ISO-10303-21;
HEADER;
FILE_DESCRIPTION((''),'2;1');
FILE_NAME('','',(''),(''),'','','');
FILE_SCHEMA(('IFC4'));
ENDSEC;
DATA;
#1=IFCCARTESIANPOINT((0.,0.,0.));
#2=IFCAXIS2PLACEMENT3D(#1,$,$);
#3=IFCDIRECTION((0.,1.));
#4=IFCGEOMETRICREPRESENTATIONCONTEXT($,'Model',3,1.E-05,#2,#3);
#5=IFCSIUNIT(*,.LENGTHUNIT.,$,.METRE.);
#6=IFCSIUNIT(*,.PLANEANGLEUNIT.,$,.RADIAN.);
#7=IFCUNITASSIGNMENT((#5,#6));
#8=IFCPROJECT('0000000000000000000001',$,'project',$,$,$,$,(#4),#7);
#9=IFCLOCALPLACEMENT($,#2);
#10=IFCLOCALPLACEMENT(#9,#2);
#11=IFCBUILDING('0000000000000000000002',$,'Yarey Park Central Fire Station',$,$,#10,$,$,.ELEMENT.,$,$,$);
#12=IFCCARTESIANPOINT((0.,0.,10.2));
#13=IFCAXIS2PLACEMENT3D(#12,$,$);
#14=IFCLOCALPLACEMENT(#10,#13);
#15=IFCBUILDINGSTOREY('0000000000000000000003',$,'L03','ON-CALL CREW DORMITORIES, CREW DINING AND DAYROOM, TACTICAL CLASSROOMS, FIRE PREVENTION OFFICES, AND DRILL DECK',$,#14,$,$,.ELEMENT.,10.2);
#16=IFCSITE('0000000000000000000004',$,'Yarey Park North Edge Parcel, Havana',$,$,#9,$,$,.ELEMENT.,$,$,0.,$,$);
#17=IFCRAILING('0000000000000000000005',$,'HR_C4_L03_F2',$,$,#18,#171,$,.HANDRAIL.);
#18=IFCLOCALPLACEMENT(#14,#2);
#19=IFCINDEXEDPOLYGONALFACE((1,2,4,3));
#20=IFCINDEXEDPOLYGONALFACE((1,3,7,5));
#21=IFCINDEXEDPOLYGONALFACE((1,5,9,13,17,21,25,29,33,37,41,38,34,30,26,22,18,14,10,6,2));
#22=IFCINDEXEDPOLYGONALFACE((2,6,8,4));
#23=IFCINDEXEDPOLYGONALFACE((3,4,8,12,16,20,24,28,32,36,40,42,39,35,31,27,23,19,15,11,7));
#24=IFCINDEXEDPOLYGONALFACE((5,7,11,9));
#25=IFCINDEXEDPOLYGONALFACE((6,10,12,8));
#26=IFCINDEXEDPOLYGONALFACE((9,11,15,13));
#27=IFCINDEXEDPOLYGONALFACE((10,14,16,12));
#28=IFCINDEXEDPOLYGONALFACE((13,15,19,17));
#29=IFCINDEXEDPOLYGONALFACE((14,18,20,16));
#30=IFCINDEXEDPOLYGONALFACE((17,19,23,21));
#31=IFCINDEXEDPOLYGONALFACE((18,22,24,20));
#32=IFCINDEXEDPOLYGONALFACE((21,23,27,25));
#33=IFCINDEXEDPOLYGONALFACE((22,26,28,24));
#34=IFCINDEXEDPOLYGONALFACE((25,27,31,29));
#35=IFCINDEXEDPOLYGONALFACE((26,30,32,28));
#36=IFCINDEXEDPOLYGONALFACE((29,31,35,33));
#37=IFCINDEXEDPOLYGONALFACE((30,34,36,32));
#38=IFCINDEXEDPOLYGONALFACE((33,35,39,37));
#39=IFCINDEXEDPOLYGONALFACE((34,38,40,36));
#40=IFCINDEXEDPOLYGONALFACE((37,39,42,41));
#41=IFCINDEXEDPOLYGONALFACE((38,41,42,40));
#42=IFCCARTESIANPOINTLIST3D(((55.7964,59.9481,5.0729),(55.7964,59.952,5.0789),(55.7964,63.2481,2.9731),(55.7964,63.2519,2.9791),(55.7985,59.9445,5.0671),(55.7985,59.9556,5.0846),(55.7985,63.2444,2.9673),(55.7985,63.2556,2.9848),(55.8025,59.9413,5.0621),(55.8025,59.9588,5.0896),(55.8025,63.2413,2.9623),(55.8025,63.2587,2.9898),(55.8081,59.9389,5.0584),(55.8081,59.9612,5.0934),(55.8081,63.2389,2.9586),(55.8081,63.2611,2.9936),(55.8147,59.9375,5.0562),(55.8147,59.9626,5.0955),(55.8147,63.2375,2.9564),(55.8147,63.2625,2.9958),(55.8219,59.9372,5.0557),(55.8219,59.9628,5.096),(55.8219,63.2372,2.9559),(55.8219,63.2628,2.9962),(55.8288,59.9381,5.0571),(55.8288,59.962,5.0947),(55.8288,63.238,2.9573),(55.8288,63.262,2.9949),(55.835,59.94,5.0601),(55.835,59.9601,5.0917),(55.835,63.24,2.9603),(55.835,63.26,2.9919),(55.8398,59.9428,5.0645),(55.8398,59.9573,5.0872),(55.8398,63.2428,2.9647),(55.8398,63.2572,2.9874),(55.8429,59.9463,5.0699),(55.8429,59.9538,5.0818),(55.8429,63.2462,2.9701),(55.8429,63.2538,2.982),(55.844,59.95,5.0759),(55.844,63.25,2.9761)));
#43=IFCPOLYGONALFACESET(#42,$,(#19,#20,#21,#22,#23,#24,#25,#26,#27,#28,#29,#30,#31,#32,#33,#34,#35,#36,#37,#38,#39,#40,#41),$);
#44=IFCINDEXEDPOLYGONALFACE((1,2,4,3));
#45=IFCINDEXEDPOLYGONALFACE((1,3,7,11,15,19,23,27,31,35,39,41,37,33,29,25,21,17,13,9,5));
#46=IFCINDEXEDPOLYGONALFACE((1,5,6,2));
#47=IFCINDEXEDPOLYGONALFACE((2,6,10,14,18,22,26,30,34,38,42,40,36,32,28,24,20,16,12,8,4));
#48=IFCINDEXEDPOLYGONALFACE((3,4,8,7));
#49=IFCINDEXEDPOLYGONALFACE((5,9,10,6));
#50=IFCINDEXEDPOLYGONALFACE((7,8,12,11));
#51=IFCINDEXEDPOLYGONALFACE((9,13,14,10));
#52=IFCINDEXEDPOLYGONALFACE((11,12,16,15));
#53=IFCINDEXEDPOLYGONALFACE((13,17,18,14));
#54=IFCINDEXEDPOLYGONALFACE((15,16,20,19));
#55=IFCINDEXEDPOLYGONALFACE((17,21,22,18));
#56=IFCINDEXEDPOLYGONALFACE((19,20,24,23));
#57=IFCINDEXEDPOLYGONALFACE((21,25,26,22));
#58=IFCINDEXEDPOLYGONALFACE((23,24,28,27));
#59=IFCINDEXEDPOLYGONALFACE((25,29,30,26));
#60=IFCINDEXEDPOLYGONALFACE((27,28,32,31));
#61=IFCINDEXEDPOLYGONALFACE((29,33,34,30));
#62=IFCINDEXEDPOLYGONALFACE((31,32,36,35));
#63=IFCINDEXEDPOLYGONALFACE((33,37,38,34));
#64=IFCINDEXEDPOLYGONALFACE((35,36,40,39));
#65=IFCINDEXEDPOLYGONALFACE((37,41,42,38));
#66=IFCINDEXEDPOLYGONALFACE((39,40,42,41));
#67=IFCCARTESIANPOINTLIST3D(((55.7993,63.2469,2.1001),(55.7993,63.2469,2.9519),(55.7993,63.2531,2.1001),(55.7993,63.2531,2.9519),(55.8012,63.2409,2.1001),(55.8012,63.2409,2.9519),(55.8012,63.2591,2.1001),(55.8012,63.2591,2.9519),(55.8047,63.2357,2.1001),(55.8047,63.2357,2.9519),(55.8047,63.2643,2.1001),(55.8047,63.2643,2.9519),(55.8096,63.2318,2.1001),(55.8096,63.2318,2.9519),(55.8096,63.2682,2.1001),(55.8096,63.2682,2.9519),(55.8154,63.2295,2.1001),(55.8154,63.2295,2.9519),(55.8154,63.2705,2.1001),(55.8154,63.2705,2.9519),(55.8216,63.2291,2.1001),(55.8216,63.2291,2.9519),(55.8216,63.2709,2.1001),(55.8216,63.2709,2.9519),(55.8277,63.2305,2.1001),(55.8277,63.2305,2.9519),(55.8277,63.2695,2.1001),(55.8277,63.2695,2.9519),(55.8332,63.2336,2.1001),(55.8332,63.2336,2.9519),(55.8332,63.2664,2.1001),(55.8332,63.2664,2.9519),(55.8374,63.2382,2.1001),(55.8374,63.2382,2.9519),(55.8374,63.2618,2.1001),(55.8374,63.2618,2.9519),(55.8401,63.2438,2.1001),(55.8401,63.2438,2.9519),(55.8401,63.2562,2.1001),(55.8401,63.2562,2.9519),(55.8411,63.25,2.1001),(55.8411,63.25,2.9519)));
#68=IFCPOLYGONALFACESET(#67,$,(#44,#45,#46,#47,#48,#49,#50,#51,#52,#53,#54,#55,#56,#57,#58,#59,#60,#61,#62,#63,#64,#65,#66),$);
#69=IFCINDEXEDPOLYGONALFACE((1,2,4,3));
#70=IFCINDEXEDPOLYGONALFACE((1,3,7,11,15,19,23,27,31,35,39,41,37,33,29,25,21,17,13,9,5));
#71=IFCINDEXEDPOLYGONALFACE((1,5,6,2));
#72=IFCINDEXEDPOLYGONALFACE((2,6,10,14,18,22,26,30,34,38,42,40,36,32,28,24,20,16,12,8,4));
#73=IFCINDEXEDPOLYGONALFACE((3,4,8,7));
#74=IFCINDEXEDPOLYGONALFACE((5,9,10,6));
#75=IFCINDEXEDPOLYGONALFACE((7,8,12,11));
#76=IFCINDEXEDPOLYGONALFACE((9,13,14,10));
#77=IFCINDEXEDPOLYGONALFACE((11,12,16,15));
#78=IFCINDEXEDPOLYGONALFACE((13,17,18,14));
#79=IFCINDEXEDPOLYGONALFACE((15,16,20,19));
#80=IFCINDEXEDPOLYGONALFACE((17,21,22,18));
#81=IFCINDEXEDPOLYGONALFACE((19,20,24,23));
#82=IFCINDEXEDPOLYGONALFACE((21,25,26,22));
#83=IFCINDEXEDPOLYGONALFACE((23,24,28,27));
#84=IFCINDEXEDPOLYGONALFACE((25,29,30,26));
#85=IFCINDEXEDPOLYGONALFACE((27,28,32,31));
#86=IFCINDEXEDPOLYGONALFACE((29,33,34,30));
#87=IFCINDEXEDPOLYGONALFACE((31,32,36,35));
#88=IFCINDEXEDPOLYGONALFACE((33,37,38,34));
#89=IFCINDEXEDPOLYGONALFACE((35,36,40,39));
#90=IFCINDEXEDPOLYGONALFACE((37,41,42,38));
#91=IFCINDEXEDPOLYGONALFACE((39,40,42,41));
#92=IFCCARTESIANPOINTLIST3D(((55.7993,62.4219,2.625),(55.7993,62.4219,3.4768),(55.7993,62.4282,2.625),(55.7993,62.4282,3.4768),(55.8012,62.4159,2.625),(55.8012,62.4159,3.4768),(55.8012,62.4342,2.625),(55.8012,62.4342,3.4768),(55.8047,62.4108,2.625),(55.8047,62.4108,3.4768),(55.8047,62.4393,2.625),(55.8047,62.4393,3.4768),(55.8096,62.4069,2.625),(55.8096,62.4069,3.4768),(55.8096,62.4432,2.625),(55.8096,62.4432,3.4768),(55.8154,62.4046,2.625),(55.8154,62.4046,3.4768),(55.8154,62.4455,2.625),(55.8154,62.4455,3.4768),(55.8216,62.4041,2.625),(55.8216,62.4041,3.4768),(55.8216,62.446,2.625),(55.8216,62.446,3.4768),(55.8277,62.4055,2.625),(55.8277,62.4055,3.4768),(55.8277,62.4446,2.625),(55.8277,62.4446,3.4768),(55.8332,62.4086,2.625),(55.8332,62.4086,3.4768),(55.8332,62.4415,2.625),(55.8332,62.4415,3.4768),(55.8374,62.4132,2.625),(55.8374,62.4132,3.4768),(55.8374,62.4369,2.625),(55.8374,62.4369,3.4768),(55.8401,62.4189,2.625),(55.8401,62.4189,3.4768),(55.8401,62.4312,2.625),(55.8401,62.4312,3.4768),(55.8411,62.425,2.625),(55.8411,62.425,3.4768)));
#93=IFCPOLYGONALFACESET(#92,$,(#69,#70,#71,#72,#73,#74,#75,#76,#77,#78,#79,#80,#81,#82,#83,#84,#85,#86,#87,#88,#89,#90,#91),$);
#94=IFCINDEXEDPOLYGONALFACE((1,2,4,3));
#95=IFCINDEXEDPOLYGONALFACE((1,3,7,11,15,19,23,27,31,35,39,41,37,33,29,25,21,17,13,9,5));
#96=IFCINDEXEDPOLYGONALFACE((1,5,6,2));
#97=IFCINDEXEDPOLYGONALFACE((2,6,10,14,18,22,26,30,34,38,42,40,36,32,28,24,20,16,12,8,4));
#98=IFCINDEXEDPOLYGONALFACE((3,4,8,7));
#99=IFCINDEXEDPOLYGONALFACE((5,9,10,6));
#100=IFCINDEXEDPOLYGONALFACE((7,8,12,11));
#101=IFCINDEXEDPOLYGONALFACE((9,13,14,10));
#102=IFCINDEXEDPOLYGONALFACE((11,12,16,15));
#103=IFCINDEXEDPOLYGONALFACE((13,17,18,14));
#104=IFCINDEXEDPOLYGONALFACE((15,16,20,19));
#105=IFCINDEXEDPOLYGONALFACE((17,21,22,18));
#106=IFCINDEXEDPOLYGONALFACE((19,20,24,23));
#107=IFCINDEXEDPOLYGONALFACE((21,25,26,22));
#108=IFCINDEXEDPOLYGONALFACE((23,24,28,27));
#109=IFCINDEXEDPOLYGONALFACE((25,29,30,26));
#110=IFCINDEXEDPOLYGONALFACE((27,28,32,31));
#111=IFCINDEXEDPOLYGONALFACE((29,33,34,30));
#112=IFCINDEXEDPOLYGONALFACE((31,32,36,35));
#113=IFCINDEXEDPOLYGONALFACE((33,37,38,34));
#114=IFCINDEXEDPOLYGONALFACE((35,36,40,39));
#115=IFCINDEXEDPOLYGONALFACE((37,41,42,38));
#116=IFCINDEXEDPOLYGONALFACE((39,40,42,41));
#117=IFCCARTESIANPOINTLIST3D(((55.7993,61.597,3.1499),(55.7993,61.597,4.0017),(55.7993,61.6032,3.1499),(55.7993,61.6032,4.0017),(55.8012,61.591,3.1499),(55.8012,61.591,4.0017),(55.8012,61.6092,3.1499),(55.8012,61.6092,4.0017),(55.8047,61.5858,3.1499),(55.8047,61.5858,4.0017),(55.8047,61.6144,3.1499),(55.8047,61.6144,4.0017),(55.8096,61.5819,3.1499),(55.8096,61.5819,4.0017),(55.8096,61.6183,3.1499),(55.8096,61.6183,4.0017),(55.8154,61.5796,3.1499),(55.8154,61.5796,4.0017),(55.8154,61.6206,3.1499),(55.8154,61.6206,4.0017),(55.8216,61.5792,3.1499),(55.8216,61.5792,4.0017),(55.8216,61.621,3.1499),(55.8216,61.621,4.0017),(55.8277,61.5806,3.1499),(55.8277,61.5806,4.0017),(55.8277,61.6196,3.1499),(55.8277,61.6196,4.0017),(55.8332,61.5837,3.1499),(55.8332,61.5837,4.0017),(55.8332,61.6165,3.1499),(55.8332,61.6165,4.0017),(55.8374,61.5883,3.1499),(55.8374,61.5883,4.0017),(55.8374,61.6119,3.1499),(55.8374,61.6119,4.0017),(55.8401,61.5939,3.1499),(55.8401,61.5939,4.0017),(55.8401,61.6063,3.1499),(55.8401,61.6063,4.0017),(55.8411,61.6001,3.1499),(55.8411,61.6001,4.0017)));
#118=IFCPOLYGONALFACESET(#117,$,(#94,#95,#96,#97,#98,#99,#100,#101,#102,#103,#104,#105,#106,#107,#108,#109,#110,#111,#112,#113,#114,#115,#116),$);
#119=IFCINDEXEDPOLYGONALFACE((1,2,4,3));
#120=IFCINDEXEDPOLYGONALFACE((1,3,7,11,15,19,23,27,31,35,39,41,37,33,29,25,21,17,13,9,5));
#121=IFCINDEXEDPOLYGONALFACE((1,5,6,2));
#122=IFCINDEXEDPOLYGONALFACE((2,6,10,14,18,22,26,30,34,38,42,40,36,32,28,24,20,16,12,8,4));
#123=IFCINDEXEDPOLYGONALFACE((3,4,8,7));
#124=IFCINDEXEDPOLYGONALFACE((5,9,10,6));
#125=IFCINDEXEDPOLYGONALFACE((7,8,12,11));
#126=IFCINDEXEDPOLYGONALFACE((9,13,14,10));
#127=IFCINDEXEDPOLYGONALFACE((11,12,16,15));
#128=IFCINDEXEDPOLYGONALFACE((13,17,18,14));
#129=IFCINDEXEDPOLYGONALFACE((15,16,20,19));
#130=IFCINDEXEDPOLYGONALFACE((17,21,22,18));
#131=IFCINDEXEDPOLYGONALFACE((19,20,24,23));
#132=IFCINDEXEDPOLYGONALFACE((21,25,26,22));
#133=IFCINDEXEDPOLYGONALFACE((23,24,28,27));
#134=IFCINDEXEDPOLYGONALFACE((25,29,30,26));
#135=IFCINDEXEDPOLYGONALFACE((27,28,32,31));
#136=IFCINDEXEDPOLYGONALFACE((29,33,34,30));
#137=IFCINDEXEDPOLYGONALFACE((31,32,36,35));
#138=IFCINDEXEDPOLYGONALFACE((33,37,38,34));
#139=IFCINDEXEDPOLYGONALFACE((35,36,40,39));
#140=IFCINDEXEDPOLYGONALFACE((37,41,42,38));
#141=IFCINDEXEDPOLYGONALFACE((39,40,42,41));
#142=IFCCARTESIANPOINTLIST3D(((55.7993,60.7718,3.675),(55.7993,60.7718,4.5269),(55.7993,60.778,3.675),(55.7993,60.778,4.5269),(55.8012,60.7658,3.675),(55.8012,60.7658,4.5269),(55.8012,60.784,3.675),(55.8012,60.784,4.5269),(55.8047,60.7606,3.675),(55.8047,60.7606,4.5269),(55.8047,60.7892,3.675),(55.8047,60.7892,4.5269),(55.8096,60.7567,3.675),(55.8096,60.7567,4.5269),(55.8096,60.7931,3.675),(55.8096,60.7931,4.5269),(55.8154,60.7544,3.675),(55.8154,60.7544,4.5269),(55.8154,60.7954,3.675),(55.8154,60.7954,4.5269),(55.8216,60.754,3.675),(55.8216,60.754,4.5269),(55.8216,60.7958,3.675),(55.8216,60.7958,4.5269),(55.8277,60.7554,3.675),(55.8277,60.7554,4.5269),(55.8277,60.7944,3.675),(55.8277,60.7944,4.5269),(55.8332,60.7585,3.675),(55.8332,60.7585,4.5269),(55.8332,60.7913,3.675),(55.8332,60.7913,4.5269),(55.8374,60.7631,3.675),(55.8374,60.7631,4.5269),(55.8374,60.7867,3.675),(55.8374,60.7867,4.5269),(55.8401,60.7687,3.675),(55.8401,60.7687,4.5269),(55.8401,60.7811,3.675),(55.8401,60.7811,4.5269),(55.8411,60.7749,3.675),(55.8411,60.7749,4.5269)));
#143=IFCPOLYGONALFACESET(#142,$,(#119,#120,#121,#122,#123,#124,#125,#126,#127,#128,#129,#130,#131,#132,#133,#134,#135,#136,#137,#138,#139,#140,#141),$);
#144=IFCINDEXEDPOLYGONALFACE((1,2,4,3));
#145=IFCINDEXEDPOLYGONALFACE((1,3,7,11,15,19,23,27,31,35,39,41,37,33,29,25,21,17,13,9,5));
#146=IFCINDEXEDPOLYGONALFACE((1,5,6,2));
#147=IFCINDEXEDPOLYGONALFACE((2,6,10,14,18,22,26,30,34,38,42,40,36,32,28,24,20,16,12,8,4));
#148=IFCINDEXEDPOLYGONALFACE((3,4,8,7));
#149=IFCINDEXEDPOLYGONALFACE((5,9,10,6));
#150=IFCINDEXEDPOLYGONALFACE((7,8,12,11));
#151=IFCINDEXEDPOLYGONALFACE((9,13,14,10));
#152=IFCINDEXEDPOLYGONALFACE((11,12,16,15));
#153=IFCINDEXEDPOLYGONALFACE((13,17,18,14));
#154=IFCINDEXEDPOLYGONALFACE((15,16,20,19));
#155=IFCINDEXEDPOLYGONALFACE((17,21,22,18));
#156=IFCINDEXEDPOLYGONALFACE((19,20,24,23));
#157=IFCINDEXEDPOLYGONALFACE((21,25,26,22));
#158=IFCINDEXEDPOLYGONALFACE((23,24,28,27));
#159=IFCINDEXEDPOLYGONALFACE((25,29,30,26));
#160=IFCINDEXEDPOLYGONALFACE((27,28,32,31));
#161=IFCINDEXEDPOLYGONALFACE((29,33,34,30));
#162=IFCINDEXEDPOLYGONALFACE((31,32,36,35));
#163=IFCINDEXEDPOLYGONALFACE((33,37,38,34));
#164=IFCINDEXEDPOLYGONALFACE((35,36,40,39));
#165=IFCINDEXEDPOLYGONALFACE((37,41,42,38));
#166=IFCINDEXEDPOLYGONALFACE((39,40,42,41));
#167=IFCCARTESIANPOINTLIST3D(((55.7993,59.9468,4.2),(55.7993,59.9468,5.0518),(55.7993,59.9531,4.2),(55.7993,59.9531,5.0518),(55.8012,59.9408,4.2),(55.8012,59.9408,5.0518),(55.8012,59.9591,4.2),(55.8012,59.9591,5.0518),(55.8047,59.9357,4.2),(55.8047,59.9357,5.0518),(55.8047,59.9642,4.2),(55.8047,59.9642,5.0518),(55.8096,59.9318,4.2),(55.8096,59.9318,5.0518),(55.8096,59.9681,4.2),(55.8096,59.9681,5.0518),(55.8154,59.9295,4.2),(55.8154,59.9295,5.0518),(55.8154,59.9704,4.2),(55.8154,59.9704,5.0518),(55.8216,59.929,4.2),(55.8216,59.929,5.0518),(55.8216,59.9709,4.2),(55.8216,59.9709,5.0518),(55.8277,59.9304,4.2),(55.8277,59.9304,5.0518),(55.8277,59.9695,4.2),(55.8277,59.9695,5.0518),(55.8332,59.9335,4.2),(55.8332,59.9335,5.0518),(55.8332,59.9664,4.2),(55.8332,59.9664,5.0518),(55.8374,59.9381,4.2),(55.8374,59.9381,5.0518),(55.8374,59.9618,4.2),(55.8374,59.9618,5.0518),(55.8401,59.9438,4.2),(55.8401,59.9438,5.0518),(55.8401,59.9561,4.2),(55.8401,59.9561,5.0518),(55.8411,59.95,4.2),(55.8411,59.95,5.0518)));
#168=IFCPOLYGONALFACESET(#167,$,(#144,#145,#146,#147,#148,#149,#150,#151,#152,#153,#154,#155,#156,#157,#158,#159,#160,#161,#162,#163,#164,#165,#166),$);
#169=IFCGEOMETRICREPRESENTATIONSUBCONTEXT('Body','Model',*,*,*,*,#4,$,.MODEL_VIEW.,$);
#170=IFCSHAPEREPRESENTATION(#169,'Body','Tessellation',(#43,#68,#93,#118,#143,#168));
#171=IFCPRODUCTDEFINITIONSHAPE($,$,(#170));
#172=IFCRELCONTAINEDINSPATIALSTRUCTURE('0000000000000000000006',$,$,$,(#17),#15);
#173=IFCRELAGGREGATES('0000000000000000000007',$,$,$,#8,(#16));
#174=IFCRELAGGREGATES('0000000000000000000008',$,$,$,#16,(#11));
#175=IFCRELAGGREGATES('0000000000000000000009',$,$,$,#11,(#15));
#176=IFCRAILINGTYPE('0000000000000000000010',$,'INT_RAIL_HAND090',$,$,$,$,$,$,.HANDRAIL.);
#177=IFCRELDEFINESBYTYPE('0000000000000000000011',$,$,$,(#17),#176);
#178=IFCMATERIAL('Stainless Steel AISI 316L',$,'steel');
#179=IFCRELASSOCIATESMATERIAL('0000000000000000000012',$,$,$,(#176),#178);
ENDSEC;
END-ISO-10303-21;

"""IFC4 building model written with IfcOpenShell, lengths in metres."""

from ifc_helpers import new_model, si_unit, direction, frame, origin, origin_2d, place, context, subcontext, project, spatial, circle, extrude, material, type_object, element, save


model = new_model("IFC4")

# Units and contexts
model_context = context("Model", 3, precision=1e-05, world=origin(), true_north=direction((0.0, 1.0)))
body_context = subcontext(model_context, "Body", "Model", "MODEL_VIEW")
ifc_project = project(units=[si_unit("LENGTHUNIT", "METRE"), si_unit("PLANEANGLEUNIT", "RADIAN")], contexts=[model_context])

# Site, building, storey
site_placement = place(None, origin())
site = spatial("IfcSite", under=ifc_project, at=site_placement, Name="Yarey Park North Edge Parcel, Havana", CompositionType="ELEMENT", RefElevation=0.0)
building_placement = place(site_placement, origin())
building = spatial("IfcBuilding", under=site, at=building_placement, Name="Yarey Park Central Fire Station", CompositionType="ELEMENT")
storey_placement = place(building_placement, frame((0.0, 0.0, 10.2)))
storey = spatial("IfcBuildingStorey", under=building, at=storey_placement, Name="L03", Description="ON-CALL CREW DORMITORIES, CREW DINING AND DAYROOM, TACTICAL CLASSROOMS, FIRE PREVENTION OFFICES, AND DRILL DECK", CompositionType="ELEMENT", Elevation=10.2)

# Shared definitions
ifc_material_1 = material(Name="Stainless Steel AISI 316L", Category="steel")

# Railing
railing_type_1 = type_object("IfcRailingType", Name="INT_RAIL_HAND090", PredefinedType="HANDRAIL", material=ifc_material_1)
railing_1_placement = place(storey_placement, frame((55.8201, 63.25, 2.1001)))
element("IfcRailing", 1, at=railing_1_placement, inside=storey, type_object=railing_type_1, Name="HR_C4_L03_F2", PredefinedType="HANDRAIL", context=body_context, shape_type="SweptSolid", body=[
    extrude(circle(Radius=0.0239, at=origin_2d()), frame((0.0, 0.0, 0.876), z_axis=(0.0, -0.843682, 0.536843), x_axis=(1.0, 0.0, 0.0)), (0.0, 0.0, 1.0), 3.9114),
    extrude(circle(Radius=0.021, at=origin_2d()), origin(), (0.0, 0.0, 1.0), 0.8518),
    extrude(circle(Radius=0.021, at=origin_2d()), frame((0.0, -0.825, 0.5249)), (0.0, 0.0, 1.0), 0.8518),
    extrude(circle(Radius=0.021, at=origin_2d()), frame((0.0, -1.6499, 1.0498)), (0.0, 0.0, 1.0), 0.8518),
    extrude(circle(Radius=0.021, at=origin_2d()), frame((0.0, -2.4751, 1.575)), (0.0, 0.0, 1.0), 0.8518),
    extrude(circle(Radius=0.021, at=origin_2d()), frame((0.0, -3.3, 2.0999)), (0.0, 0.0, 1.0), 0.8518),
])

save(model, "model.ifc")
